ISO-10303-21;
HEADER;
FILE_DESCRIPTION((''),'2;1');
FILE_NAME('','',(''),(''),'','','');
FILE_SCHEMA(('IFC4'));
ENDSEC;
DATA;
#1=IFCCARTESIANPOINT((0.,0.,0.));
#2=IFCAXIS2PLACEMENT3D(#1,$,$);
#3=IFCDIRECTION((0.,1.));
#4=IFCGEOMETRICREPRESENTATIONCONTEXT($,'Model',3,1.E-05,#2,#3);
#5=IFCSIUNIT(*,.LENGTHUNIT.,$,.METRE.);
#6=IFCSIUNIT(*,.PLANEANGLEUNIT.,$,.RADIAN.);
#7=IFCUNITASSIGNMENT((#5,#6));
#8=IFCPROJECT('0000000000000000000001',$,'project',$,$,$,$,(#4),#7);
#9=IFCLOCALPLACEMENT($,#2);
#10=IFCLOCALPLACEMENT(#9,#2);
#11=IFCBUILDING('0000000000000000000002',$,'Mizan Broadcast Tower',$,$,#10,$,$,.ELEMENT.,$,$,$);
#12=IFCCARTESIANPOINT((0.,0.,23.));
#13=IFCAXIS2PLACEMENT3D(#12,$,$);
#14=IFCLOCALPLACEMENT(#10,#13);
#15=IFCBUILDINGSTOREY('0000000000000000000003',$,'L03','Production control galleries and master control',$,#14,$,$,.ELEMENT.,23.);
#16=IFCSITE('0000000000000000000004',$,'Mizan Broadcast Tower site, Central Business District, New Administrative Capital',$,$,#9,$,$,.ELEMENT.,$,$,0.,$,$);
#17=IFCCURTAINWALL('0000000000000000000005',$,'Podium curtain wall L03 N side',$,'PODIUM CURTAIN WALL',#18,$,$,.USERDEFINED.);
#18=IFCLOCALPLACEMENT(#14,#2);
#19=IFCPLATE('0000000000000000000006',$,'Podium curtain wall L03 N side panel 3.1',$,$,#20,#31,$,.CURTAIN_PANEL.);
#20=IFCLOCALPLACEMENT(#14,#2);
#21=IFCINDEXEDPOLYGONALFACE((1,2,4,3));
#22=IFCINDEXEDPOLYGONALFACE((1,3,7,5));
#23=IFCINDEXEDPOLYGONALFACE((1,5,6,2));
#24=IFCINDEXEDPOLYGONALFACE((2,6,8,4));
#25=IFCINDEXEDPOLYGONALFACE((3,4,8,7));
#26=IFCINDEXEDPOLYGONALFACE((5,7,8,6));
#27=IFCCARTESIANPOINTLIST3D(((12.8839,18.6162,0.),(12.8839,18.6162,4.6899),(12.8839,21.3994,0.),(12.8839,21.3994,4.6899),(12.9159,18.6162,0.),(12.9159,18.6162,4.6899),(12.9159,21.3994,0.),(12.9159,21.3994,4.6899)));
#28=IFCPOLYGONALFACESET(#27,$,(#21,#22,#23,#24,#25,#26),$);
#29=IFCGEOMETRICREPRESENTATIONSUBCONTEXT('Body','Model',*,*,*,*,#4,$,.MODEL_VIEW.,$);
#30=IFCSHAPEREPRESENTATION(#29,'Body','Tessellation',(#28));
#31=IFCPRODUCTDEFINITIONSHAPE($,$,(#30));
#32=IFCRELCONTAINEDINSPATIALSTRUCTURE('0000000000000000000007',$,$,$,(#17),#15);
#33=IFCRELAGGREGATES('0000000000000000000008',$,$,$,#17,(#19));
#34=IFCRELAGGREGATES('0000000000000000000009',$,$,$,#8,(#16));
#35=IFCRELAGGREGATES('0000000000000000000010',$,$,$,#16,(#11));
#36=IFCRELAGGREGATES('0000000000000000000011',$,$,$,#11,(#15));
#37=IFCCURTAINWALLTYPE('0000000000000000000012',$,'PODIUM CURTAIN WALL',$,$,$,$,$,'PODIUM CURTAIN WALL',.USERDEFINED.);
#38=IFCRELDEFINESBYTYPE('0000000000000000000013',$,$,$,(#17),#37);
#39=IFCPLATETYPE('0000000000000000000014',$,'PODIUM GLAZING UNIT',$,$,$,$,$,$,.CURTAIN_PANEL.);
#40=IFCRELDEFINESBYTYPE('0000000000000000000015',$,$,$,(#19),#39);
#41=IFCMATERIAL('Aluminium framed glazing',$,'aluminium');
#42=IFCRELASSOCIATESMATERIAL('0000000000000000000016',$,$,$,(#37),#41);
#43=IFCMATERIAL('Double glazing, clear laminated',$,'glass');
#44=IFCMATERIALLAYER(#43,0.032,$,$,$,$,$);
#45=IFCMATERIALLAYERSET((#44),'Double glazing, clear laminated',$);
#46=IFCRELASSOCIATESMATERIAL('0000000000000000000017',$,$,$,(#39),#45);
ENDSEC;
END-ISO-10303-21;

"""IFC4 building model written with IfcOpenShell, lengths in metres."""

from ifc_helpers import new_model, si_unit, direction, frame, origin, origin_2d, place, context, subcontext, project, spatial, rectangle, extrude, material, layer, layer_set, type_object, element, aggregate, save


model = new_model("IFC4")

# Units and contexts
model_context = context("Model", 3, precision=1e-05, world=origin(), true_north=direction((0.0, 1.0)))
body_context = subcontext(model_context, "Body", "Model", "MODEL_VIEW")
ifc_project = project(units=[si_unit("LENGTHUNIT", "METRE"), si_unit("PLANEANGLEUNIT", "RADIAN")], contexts=[model_context])

# Site, building, storey
site_placement = place(None, origin())
site = spatial("IfcSite", under=ifc_project, at=site_placement, Name="Mizan Broadcast Tower site, Central Business District, New Administrative Capital", CompositionType="ELEMENT", RefElevation=0.0)
building_placement = place(site_placement, origin())
building = spatial("IfcBuilding", under=site, at=building_placement, Name="Mizan Broadcast Tower", CompositionType="ELEMENT")
storey_placement = place(building_placement, frame((0.0, 0.0, 23.0)))
storey = spatial("IfcBuildingStorey", under=building, at=storey_placement, Name="L03", Description="Production control galleries and master control", CompositionType="ELEMENT", Elevation=23.0)

# Shared definitions
ifc_material_1 = material(Name="Aluminium framed glazing", Category="aluminium")
curtain_wall_type_1 = type_object("IfcCurtainWallType", Name="PODIUM CURTAIN WALL", ElementType="PODIUM CURTAIN WALL", PredefinedType="USERDEFINED", material=ifc_material_1)

# Curtain wall
curtain_wall_1_placement = place(storey_placement, origin())
curtain_wall_1 = element("IfcCurtainWall", 1, at=curtain_wall_1_placement, inside=storey, type_object=curtain_wall_type_1, Name="Podium curtain wall L03 N side", ObjectType="PODIUM CURTAIN WALL", PredefinedType="USERDEFINED")

# Plate
ifc_material_2 = material(Name="Double glazing, clear laminated", Category="glass")
ifc_layer_1 = layer(ifc_material_2, 0.032)
ifc_layer_set_1 = layer_set([ifc_layer_1], Name="Double glazing, clear laminated")
plate_type_1 = type_object("IfcPlateType", Name="PODIUM GLAZING UNIT", PredefinedType="CURTAIN_PANEL", material=ifc_layer_set_1)
plate_1_placement = place(storey_placement, frame((12.8999, 20.0078, 0.0), z_axis=(0.0, 0.0, 1.0), x_axis=(0.0, 1.0, 0.0)))
plate_1 = element("IfcPlate", 2, at=plate_1_placement, type_object=plate_type_1, Name="Podium curtain wall L03 N side panel 3.1", PredefinedType="CURTAIN_PANEL", context=body_context, shape_type="SweptSolid", body=[
    extrude(rectangle(XDim=2.7832, YDim=0.032, at=origin_2d()), origin(), (0.0, 0.0, 1.0), 4.6899),
])
aggregate(curtain_wall_1, [plate_1])

save(model, "model.ifc")
